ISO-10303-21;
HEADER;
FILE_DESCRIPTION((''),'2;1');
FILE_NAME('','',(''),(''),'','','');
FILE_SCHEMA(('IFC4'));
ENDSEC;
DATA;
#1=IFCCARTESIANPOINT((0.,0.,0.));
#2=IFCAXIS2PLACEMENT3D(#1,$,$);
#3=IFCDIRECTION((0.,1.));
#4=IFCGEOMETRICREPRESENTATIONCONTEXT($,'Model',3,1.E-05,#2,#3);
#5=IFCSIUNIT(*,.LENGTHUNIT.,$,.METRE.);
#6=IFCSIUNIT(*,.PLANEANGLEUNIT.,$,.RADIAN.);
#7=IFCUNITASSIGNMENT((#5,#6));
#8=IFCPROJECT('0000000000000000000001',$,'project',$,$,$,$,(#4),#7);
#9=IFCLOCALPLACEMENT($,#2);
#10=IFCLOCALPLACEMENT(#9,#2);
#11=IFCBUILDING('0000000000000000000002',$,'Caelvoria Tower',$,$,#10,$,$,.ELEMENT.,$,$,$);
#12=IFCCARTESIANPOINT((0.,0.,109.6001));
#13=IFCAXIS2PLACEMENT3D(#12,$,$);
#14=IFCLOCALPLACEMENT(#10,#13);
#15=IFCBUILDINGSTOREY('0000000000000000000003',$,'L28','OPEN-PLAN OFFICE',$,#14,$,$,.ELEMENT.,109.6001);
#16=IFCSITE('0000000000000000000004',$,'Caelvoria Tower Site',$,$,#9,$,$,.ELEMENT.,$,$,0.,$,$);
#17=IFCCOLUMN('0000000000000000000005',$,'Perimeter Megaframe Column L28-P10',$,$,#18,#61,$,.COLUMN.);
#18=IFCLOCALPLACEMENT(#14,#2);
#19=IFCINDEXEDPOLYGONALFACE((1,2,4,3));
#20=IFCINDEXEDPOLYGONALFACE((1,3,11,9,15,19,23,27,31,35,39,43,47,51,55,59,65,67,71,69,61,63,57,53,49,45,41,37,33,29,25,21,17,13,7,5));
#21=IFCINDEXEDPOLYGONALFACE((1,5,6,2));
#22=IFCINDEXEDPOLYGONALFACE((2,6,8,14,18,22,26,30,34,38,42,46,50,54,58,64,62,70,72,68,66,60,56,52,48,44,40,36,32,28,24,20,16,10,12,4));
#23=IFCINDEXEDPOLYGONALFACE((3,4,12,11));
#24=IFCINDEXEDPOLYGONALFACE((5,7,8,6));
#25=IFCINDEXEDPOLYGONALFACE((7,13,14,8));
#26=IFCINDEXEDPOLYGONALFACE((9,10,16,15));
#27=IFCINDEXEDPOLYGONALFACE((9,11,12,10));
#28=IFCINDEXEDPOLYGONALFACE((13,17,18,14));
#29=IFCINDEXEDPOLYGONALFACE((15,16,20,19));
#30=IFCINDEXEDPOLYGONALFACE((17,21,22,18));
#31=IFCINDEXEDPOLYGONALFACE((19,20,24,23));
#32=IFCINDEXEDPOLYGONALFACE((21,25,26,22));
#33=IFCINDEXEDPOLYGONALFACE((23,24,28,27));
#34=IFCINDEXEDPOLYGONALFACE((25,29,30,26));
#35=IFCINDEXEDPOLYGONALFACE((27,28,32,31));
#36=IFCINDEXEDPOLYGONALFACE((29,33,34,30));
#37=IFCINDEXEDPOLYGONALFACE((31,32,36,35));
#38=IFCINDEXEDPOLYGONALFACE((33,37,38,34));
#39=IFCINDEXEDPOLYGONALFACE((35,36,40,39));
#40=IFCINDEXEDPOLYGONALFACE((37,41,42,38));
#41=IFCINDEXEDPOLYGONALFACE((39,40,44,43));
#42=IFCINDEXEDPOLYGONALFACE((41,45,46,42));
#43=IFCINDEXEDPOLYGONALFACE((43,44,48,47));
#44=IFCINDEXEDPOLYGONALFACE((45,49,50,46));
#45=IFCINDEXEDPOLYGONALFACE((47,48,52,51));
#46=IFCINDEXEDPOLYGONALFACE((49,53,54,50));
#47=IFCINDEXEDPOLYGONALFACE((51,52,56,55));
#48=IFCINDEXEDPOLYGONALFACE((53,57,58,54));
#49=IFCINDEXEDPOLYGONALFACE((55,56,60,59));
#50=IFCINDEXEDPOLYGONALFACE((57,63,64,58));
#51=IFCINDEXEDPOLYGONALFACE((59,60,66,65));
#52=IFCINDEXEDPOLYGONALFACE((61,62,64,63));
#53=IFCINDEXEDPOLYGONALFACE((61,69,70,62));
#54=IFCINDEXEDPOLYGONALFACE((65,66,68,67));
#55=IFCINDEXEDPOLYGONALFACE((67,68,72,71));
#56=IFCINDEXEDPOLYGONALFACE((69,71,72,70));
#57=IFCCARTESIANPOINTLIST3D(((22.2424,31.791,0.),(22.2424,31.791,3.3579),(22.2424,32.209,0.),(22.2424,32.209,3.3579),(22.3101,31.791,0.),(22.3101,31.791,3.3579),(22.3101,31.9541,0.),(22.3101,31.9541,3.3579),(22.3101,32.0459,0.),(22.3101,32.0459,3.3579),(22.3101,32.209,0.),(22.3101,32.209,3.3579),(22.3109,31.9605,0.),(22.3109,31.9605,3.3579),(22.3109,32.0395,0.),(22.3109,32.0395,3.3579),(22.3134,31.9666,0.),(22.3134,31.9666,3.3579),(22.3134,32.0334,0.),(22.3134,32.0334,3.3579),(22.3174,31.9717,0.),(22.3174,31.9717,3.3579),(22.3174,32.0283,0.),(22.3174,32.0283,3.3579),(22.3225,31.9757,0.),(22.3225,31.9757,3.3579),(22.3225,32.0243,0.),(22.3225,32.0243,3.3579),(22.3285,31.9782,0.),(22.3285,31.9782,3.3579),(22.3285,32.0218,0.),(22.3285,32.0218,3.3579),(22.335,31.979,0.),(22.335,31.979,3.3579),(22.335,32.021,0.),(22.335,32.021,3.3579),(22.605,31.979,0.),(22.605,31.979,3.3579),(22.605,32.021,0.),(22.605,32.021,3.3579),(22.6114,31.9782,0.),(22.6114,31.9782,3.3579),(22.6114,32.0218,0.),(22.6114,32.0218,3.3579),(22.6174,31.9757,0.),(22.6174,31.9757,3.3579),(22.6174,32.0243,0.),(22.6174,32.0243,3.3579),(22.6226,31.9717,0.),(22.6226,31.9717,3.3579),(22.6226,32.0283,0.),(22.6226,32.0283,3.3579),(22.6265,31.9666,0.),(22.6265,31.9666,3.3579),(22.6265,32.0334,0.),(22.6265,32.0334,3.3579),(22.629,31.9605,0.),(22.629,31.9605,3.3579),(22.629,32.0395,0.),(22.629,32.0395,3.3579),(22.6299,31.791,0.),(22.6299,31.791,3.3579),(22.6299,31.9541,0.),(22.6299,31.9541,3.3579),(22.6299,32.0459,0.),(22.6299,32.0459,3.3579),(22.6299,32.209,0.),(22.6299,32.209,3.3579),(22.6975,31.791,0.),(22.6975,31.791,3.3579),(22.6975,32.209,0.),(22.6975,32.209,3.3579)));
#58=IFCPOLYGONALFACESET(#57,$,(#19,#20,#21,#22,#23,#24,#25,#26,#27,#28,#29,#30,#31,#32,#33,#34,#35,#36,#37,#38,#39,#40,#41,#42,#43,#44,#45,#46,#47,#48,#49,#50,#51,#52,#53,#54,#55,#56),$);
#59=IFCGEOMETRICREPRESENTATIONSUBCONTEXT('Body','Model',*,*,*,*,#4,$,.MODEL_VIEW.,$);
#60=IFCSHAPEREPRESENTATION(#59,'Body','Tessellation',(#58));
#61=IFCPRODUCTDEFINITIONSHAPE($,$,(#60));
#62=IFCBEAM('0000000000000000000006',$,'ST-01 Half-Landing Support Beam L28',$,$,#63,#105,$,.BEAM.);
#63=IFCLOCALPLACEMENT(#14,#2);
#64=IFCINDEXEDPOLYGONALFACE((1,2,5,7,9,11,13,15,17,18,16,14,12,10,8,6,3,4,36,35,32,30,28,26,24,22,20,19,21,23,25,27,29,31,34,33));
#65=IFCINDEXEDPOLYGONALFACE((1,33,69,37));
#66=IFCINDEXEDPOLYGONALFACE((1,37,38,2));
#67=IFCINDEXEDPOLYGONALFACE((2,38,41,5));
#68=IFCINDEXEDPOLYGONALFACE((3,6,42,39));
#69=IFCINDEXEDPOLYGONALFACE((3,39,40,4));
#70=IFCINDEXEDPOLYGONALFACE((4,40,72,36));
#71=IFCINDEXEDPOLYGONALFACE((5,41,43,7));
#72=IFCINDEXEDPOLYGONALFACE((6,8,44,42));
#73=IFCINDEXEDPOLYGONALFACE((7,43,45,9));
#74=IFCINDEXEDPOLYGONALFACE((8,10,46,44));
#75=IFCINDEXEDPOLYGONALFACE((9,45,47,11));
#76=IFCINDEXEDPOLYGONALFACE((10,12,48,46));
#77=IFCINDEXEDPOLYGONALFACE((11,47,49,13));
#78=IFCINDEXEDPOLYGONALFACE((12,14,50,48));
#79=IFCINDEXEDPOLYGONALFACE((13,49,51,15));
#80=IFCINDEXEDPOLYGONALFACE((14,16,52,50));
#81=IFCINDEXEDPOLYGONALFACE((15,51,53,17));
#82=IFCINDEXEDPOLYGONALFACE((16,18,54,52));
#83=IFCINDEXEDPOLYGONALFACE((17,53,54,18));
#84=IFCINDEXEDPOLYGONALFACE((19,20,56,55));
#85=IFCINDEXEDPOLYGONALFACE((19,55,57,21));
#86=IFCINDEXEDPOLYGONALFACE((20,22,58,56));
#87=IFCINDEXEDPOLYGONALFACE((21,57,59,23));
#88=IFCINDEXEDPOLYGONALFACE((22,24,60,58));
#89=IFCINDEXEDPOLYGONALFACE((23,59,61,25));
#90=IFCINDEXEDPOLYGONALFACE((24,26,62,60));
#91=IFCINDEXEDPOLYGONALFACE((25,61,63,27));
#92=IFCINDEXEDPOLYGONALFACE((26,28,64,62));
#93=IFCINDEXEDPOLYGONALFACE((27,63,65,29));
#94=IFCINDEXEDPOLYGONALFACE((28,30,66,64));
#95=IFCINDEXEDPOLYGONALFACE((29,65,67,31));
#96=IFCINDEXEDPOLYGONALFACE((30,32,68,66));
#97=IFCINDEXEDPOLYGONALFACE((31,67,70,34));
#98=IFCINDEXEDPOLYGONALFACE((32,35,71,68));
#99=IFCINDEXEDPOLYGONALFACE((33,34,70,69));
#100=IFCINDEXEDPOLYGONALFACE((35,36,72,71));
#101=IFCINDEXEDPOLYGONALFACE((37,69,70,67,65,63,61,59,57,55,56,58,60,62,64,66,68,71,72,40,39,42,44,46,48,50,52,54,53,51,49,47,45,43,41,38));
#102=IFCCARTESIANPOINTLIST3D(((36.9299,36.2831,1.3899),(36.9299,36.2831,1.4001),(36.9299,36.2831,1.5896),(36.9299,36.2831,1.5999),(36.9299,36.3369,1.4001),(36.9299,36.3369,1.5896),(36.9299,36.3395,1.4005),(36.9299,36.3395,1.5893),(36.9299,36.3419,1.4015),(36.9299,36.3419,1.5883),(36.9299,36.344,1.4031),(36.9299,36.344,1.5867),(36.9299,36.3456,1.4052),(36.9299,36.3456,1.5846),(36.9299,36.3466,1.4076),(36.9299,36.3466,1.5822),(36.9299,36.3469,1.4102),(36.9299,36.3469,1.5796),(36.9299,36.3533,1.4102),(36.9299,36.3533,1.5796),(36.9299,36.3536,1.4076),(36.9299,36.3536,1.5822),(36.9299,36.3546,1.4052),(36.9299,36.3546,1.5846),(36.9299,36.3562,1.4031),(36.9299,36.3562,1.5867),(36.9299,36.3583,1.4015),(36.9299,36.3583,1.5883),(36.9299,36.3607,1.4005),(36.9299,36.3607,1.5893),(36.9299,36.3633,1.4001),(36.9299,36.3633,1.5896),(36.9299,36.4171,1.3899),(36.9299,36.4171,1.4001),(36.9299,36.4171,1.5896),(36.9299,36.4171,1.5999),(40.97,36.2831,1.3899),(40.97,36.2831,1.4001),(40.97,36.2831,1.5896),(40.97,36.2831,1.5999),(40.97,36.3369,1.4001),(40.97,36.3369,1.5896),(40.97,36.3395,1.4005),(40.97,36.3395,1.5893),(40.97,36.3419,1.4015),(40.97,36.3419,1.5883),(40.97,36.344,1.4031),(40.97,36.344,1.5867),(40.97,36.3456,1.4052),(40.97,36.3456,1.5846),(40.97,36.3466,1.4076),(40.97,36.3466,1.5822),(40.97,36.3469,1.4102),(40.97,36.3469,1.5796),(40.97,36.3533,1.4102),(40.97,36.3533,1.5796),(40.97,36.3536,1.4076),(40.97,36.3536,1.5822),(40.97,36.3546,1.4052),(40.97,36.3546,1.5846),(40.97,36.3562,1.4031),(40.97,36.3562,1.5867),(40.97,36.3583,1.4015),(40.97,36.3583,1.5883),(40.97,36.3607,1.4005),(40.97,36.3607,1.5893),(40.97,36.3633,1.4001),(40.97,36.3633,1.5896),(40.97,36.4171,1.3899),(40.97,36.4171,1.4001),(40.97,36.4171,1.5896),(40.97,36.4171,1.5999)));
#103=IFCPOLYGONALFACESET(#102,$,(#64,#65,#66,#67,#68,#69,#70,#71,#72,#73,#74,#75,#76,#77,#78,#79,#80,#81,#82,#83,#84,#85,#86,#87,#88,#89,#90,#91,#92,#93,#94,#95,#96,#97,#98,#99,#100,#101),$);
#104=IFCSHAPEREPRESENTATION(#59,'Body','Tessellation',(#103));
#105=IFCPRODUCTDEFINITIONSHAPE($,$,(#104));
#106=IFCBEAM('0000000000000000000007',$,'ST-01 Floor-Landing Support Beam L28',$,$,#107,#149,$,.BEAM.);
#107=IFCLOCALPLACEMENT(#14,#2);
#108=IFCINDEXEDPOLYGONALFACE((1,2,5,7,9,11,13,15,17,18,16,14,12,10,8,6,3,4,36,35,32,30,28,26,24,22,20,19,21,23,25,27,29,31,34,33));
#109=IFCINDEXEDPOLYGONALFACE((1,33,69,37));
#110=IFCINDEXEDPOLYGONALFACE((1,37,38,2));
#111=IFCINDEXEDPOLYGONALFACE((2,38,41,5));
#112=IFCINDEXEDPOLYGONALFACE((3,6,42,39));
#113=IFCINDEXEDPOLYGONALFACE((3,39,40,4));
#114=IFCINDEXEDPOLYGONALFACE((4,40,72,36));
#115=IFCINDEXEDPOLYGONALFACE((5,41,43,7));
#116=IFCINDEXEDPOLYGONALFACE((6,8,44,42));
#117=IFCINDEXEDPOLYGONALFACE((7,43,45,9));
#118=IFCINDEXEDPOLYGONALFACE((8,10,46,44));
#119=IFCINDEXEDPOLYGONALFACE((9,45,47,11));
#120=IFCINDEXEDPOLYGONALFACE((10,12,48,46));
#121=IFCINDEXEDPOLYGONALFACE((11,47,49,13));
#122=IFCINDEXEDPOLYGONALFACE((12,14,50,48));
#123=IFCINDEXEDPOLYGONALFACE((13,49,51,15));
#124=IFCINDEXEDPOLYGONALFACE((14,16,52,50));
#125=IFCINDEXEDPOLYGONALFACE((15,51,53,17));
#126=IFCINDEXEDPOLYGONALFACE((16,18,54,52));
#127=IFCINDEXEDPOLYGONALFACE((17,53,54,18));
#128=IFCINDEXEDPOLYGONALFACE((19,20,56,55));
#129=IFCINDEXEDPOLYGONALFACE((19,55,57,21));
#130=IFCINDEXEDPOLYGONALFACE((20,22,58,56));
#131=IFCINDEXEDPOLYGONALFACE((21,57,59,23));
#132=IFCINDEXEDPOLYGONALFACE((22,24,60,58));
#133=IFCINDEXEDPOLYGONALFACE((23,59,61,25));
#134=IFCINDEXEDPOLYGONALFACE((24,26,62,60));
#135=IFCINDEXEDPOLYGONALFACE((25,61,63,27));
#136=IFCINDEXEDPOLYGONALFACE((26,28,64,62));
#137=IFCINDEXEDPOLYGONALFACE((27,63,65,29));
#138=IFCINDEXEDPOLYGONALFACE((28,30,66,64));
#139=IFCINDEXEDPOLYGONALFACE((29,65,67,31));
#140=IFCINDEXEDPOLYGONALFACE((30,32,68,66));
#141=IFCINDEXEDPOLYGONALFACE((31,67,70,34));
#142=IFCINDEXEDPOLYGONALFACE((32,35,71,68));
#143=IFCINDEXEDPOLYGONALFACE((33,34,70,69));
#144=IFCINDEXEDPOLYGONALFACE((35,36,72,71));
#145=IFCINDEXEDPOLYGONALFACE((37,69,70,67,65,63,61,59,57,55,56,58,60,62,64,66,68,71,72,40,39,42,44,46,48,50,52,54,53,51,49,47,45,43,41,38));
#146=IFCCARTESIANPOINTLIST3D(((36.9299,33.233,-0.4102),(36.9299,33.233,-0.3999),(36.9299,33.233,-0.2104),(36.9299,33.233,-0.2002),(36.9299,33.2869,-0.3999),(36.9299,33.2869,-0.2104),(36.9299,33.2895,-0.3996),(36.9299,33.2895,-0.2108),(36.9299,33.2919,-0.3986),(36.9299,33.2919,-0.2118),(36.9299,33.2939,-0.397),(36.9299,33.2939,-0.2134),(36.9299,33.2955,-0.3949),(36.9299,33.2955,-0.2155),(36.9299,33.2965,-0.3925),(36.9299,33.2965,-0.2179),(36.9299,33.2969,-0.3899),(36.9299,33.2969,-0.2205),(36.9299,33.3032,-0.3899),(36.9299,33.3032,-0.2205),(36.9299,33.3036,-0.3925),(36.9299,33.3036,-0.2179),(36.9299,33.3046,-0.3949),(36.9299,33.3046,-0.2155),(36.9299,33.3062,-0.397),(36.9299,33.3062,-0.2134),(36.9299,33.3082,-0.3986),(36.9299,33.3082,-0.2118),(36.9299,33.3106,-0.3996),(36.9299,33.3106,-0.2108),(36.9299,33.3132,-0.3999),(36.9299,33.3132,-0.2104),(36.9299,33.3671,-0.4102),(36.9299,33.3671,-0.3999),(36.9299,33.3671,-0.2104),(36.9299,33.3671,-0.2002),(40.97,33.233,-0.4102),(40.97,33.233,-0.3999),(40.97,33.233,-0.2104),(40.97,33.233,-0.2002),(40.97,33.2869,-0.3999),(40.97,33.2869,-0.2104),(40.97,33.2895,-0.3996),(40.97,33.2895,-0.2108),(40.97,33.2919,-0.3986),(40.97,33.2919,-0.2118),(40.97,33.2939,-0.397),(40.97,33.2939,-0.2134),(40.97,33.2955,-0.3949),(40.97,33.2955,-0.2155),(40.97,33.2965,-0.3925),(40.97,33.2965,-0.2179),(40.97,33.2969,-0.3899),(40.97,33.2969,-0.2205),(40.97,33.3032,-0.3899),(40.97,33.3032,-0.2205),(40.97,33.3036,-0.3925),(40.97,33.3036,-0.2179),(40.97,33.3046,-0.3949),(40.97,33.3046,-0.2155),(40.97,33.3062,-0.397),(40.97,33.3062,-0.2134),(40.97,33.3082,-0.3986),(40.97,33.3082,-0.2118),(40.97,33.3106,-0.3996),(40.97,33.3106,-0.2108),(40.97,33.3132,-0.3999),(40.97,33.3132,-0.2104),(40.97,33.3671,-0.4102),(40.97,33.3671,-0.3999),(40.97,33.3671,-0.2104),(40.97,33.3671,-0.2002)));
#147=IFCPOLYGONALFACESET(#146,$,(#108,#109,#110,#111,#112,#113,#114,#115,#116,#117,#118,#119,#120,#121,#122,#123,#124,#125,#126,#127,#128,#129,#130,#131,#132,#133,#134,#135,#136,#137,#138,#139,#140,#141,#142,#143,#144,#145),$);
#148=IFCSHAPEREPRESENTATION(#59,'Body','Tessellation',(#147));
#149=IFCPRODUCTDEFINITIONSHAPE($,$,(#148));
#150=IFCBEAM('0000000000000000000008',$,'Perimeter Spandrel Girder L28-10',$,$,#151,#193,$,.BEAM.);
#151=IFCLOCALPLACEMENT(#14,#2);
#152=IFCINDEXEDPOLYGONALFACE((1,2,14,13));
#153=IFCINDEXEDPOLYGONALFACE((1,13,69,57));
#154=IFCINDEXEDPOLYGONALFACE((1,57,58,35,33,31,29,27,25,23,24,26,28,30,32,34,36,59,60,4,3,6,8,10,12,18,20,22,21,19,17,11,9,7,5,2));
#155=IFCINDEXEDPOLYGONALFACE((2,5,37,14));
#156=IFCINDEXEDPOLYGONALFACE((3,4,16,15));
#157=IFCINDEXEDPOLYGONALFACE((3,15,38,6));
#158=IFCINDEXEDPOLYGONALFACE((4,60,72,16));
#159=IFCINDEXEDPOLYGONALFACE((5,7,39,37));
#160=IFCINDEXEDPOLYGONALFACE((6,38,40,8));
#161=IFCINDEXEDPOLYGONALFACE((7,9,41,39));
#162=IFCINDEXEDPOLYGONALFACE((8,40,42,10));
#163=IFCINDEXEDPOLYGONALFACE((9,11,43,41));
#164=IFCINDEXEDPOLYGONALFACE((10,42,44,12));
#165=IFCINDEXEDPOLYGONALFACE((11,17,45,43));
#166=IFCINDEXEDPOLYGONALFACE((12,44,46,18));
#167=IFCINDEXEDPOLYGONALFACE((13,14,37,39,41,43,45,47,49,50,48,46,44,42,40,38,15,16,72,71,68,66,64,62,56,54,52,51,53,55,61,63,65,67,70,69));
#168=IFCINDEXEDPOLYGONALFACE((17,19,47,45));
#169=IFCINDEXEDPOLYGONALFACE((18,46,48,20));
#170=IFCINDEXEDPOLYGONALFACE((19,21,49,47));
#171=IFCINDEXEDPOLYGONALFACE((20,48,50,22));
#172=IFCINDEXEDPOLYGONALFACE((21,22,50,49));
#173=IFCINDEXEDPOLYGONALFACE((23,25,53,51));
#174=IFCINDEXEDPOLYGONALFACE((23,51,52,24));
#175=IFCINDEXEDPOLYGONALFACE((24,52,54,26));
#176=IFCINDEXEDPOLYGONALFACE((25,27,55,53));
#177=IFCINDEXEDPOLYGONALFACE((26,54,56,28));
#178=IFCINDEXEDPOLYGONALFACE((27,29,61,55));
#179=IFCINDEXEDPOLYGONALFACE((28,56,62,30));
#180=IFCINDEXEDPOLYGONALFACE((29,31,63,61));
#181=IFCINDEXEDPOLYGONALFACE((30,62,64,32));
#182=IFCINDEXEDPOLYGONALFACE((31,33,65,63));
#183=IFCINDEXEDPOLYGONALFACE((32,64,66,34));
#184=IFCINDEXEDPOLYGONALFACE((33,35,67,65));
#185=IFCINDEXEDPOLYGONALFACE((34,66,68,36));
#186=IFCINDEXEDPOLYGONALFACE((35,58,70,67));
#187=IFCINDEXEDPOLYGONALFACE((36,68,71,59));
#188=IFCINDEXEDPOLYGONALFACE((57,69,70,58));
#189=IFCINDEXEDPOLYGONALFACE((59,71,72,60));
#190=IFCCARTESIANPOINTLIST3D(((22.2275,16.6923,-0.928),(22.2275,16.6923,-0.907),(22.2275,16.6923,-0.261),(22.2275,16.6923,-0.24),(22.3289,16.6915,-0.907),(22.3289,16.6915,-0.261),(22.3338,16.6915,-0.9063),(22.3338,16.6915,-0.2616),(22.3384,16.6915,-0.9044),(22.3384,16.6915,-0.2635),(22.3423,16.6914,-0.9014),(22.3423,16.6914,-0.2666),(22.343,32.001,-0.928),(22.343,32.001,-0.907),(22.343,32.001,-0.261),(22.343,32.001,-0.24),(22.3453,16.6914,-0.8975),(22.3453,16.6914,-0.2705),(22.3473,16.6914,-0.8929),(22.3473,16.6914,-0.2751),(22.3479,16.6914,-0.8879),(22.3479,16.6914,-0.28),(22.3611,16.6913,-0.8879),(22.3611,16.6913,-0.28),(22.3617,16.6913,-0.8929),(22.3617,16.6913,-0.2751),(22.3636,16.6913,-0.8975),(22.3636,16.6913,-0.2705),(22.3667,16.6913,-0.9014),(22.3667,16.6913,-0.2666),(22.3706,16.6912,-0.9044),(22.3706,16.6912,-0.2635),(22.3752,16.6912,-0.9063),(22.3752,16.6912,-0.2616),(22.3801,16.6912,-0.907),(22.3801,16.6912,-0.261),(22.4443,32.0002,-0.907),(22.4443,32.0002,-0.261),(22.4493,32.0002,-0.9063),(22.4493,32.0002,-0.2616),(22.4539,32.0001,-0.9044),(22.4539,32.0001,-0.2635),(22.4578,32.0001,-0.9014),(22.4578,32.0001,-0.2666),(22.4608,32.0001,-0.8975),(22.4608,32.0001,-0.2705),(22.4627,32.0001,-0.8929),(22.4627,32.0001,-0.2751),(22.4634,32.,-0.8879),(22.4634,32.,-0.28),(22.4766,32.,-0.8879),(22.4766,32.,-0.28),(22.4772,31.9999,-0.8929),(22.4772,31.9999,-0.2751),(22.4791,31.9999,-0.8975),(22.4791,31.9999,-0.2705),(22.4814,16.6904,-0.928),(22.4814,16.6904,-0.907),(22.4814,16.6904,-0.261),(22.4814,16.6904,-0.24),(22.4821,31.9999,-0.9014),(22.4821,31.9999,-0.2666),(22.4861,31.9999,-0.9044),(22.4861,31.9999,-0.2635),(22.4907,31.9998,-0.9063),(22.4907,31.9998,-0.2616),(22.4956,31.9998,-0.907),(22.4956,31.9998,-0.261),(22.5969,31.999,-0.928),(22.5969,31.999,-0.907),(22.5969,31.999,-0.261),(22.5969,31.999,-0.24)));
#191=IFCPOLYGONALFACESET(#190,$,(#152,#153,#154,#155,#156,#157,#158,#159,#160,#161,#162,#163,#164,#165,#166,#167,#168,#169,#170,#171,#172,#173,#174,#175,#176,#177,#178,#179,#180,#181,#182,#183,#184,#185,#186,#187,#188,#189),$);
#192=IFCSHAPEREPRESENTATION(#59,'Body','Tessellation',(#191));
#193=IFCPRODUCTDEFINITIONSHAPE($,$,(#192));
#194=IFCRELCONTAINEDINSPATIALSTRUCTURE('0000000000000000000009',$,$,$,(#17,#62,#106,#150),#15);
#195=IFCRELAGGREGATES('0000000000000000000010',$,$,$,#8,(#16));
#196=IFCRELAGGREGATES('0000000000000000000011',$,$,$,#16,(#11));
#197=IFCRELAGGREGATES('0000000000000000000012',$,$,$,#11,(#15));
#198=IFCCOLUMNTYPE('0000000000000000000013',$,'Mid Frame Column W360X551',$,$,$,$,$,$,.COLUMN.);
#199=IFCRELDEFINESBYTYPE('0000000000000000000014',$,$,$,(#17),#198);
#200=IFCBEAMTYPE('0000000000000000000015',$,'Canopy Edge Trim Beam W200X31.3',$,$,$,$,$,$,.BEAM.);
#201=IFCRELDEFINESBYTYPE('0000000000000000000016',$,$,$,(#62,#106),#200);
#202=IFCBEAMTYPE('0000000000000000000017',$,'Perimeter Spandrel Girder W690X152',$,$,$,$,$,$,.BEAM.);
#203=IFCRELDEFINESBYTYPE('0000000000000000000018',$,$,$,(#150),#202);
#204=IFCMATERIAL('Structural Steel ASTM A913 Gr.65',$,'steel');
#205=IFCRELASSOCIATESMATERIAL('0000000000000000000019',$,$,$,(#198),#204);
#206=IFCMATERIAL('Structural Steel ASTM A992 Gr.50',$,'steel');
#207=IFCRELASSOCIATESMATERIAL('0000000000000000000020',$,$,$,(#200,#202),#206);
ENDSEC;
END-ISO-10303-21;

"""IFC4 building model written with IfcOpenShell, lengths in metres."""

from ifc_helpers import new_model, si_unit, direction, frame, origin, origin_2d, place, context, subcontext, project, spatial, i_section, extrude, material, material_profile, profile_set, type_object, element, save


model = new_model("IFC4")

# Units and contexts
model_context = context("Model", 3, precision=1e-05, world=origin(), true_north=direction((0.0, 1.0)))
body_context = subcontext(model_context, "Body", "Model", "MODEL_VIEW")
ifc_project = project(units=[si_unit("LENGTHUNIT", "METRE"), si_unit("PLANEANGLEUNIT", "RADIAN")], contexts=[model_context])

# Site, building, storey
site_placement = place(None, origin())
site = spatial("IfcSite", under=ifc_project, at=site_placement, Name="Caelvoria Tower Site", CompositionType="ELEMENT", RefElevation=0.0)
building_placement = place(site_placement, origin())
building = spatial("IfcBuilding", under=site, at=building_placement, Name="Caelvoria Tower", CompositionType="ELEMENT")
storey_placement = place(building_placement, frame((0.0, 0.0, 109.6001)))
storey = spatial("IfcBuildingStorey", under=building, at=storey_placement, Name="L28", Description="OPEN-PLAN OFFICE", CompositionType="ELEMENT", Elevation=109.6001)

# Column
ifc_material_1 = material(Name="Structural Steel ASTM A913 Gr.65", Category="steel")
ifc_material_profile_1 = material_profile(ifc_material_1, i_section(OverallWidth=0.418, OverallDepth=0.4551, WebThickness=0.042, FlangeThickness=0.0676, FilletRadius=0.0249, at=origin_2d()), Name="Structural Steel ASTM A913 Gr.65")
ifc_profile_set_1 = profile_set([ifc_material_profile_1], Name="W360X551 - Structural Steel ASTM A913 Gr.65")
column_type = type_object("IfcColumnType", Name="Mid Frame Column W360X551", PredefinedType="COLUMN", material=ifc_profile_set_1)
column_placement = place(storey_placement, frame((22.47, 32.0, 0.0), z_axis=(0.0, 0.0, 1.0), x_axis=(0.0, 1.0, 0.0)))
element("IfcColumn", 1, at=column_placement, inside=storey, type_object=column_type, Name="Perimeter Megaframe Column L28-P10", PredefinedType="COLUMN", context=body_context, shape_type="SweptSolid", body=[
    extrude(i_section(OverallWidth=0.418, OverallDepth=0.4551, WebThickness=0.042, FlangeThickness=0.0676, FilletRadius=0.0249, at=origin_2d()), origin(), (0.0, 0.0, 1.0), 3.3579),
])

# Beams
ifc_material_2 = material(Name="Structural Steel ASTM A992 Gr.50", Category="steel")
ifc_material_profile_2 = material_profile(ifc_material_2, i_section(OverallWidth=0.134, OverallDepth=0.21, WebThickness=0.0063, FlangeThickness=0.0103, FilletRadius=0.01, at=origin_2d()), Name="Structural Steel ASTM A992 Gr.50")
ifc_profile_set_2 = profile_set([ifc_material_profile_2], Name="W200X31.3 - Structural Steel ASTM A992 Gr.50")
beam_type_1 = type_object("IfcBeamType", Name="Canopy Edge Trim Beam W200X31.3", PredefinedType="BEAM", material=ifc_profile_set_2)
for number, where, z_axis, x_axis, name in (
    (2, (36.9299, 36.3501, 1.4949), (1.0, 0.0, 0.0), (0.0, 1.0, 0.0), "ST-01 Half-Landing Support Beam L28"),
    (3, (36.9299, 33.3, -0.3052), (1.0, 0.0, 0.0), (0.0, 1.0, 0.0), "ST-01 Floor-Landing Support Beam L28"),
):
    element("IfcBeam", number, at=place(storey_placement, frame(where, z_axis=z_axis, x_axis=x_axis)), inside=storey, type_object=beam_type_1, Name=name, PredefinedType="BEAM", context=body_context, shape_type="SweptSolid", body=[
        extrude(i_section(OverallWidth=0.134, OverallDepth=0.21, WebThickness=0.0063, FlangeThickness=0.0103, FilletRadius=0.01, at=origin_2d()), origin(), (0.0, 0.0, 1.0), 4.04),
    ])
ifc_material_profile_3 = material_profile(ifc_material_2, i_section(OverallWidth=0.2539, OverallDepth=0.688, WebThickness=0.0132, FlangeThickness=0.021, FilletRadius=0.019, at=origin_2d()), Name="Structural Steel ASTM A992 Gr.50")
ifc_profile_set_3 = profile_set([ifc_material_profile_3], Name="W690X152 - Structural Steel ASTM A992 Gr.50")
beam_type_2 = type_object("IfcBeamType", Name="Perimeter Spandrel Girder W690X152", PredefinedType="BEAM", material=ifc_profile_set_3)
beam_1_placement = place(storey_placement, frame((22.47, 32.0, -0.584), z_axis=(-0.007543, -0.999972, 0.0), x_axis=(0.999972, -0.007543, 0.0)))
element("IfcBeam", 4, at=beam_1_placement, inside=storey, type_object=beam_type_2, Name="Perimeter Spandrel Girder L28-10", PredefinedType="BEAM", context=body_context, shape_type="SweptSolid", body=[
    extrude(i_section(OverallWidth=0.2539, OverallDepth=0.688, WebThickness=0.0132, FlangeThickness=0.021, FilletRadius=0.019, at=origin_2d()), origin(), (0.0, 0.0, 1.0), 15.3091),
])

save(model, "model.ifc")
